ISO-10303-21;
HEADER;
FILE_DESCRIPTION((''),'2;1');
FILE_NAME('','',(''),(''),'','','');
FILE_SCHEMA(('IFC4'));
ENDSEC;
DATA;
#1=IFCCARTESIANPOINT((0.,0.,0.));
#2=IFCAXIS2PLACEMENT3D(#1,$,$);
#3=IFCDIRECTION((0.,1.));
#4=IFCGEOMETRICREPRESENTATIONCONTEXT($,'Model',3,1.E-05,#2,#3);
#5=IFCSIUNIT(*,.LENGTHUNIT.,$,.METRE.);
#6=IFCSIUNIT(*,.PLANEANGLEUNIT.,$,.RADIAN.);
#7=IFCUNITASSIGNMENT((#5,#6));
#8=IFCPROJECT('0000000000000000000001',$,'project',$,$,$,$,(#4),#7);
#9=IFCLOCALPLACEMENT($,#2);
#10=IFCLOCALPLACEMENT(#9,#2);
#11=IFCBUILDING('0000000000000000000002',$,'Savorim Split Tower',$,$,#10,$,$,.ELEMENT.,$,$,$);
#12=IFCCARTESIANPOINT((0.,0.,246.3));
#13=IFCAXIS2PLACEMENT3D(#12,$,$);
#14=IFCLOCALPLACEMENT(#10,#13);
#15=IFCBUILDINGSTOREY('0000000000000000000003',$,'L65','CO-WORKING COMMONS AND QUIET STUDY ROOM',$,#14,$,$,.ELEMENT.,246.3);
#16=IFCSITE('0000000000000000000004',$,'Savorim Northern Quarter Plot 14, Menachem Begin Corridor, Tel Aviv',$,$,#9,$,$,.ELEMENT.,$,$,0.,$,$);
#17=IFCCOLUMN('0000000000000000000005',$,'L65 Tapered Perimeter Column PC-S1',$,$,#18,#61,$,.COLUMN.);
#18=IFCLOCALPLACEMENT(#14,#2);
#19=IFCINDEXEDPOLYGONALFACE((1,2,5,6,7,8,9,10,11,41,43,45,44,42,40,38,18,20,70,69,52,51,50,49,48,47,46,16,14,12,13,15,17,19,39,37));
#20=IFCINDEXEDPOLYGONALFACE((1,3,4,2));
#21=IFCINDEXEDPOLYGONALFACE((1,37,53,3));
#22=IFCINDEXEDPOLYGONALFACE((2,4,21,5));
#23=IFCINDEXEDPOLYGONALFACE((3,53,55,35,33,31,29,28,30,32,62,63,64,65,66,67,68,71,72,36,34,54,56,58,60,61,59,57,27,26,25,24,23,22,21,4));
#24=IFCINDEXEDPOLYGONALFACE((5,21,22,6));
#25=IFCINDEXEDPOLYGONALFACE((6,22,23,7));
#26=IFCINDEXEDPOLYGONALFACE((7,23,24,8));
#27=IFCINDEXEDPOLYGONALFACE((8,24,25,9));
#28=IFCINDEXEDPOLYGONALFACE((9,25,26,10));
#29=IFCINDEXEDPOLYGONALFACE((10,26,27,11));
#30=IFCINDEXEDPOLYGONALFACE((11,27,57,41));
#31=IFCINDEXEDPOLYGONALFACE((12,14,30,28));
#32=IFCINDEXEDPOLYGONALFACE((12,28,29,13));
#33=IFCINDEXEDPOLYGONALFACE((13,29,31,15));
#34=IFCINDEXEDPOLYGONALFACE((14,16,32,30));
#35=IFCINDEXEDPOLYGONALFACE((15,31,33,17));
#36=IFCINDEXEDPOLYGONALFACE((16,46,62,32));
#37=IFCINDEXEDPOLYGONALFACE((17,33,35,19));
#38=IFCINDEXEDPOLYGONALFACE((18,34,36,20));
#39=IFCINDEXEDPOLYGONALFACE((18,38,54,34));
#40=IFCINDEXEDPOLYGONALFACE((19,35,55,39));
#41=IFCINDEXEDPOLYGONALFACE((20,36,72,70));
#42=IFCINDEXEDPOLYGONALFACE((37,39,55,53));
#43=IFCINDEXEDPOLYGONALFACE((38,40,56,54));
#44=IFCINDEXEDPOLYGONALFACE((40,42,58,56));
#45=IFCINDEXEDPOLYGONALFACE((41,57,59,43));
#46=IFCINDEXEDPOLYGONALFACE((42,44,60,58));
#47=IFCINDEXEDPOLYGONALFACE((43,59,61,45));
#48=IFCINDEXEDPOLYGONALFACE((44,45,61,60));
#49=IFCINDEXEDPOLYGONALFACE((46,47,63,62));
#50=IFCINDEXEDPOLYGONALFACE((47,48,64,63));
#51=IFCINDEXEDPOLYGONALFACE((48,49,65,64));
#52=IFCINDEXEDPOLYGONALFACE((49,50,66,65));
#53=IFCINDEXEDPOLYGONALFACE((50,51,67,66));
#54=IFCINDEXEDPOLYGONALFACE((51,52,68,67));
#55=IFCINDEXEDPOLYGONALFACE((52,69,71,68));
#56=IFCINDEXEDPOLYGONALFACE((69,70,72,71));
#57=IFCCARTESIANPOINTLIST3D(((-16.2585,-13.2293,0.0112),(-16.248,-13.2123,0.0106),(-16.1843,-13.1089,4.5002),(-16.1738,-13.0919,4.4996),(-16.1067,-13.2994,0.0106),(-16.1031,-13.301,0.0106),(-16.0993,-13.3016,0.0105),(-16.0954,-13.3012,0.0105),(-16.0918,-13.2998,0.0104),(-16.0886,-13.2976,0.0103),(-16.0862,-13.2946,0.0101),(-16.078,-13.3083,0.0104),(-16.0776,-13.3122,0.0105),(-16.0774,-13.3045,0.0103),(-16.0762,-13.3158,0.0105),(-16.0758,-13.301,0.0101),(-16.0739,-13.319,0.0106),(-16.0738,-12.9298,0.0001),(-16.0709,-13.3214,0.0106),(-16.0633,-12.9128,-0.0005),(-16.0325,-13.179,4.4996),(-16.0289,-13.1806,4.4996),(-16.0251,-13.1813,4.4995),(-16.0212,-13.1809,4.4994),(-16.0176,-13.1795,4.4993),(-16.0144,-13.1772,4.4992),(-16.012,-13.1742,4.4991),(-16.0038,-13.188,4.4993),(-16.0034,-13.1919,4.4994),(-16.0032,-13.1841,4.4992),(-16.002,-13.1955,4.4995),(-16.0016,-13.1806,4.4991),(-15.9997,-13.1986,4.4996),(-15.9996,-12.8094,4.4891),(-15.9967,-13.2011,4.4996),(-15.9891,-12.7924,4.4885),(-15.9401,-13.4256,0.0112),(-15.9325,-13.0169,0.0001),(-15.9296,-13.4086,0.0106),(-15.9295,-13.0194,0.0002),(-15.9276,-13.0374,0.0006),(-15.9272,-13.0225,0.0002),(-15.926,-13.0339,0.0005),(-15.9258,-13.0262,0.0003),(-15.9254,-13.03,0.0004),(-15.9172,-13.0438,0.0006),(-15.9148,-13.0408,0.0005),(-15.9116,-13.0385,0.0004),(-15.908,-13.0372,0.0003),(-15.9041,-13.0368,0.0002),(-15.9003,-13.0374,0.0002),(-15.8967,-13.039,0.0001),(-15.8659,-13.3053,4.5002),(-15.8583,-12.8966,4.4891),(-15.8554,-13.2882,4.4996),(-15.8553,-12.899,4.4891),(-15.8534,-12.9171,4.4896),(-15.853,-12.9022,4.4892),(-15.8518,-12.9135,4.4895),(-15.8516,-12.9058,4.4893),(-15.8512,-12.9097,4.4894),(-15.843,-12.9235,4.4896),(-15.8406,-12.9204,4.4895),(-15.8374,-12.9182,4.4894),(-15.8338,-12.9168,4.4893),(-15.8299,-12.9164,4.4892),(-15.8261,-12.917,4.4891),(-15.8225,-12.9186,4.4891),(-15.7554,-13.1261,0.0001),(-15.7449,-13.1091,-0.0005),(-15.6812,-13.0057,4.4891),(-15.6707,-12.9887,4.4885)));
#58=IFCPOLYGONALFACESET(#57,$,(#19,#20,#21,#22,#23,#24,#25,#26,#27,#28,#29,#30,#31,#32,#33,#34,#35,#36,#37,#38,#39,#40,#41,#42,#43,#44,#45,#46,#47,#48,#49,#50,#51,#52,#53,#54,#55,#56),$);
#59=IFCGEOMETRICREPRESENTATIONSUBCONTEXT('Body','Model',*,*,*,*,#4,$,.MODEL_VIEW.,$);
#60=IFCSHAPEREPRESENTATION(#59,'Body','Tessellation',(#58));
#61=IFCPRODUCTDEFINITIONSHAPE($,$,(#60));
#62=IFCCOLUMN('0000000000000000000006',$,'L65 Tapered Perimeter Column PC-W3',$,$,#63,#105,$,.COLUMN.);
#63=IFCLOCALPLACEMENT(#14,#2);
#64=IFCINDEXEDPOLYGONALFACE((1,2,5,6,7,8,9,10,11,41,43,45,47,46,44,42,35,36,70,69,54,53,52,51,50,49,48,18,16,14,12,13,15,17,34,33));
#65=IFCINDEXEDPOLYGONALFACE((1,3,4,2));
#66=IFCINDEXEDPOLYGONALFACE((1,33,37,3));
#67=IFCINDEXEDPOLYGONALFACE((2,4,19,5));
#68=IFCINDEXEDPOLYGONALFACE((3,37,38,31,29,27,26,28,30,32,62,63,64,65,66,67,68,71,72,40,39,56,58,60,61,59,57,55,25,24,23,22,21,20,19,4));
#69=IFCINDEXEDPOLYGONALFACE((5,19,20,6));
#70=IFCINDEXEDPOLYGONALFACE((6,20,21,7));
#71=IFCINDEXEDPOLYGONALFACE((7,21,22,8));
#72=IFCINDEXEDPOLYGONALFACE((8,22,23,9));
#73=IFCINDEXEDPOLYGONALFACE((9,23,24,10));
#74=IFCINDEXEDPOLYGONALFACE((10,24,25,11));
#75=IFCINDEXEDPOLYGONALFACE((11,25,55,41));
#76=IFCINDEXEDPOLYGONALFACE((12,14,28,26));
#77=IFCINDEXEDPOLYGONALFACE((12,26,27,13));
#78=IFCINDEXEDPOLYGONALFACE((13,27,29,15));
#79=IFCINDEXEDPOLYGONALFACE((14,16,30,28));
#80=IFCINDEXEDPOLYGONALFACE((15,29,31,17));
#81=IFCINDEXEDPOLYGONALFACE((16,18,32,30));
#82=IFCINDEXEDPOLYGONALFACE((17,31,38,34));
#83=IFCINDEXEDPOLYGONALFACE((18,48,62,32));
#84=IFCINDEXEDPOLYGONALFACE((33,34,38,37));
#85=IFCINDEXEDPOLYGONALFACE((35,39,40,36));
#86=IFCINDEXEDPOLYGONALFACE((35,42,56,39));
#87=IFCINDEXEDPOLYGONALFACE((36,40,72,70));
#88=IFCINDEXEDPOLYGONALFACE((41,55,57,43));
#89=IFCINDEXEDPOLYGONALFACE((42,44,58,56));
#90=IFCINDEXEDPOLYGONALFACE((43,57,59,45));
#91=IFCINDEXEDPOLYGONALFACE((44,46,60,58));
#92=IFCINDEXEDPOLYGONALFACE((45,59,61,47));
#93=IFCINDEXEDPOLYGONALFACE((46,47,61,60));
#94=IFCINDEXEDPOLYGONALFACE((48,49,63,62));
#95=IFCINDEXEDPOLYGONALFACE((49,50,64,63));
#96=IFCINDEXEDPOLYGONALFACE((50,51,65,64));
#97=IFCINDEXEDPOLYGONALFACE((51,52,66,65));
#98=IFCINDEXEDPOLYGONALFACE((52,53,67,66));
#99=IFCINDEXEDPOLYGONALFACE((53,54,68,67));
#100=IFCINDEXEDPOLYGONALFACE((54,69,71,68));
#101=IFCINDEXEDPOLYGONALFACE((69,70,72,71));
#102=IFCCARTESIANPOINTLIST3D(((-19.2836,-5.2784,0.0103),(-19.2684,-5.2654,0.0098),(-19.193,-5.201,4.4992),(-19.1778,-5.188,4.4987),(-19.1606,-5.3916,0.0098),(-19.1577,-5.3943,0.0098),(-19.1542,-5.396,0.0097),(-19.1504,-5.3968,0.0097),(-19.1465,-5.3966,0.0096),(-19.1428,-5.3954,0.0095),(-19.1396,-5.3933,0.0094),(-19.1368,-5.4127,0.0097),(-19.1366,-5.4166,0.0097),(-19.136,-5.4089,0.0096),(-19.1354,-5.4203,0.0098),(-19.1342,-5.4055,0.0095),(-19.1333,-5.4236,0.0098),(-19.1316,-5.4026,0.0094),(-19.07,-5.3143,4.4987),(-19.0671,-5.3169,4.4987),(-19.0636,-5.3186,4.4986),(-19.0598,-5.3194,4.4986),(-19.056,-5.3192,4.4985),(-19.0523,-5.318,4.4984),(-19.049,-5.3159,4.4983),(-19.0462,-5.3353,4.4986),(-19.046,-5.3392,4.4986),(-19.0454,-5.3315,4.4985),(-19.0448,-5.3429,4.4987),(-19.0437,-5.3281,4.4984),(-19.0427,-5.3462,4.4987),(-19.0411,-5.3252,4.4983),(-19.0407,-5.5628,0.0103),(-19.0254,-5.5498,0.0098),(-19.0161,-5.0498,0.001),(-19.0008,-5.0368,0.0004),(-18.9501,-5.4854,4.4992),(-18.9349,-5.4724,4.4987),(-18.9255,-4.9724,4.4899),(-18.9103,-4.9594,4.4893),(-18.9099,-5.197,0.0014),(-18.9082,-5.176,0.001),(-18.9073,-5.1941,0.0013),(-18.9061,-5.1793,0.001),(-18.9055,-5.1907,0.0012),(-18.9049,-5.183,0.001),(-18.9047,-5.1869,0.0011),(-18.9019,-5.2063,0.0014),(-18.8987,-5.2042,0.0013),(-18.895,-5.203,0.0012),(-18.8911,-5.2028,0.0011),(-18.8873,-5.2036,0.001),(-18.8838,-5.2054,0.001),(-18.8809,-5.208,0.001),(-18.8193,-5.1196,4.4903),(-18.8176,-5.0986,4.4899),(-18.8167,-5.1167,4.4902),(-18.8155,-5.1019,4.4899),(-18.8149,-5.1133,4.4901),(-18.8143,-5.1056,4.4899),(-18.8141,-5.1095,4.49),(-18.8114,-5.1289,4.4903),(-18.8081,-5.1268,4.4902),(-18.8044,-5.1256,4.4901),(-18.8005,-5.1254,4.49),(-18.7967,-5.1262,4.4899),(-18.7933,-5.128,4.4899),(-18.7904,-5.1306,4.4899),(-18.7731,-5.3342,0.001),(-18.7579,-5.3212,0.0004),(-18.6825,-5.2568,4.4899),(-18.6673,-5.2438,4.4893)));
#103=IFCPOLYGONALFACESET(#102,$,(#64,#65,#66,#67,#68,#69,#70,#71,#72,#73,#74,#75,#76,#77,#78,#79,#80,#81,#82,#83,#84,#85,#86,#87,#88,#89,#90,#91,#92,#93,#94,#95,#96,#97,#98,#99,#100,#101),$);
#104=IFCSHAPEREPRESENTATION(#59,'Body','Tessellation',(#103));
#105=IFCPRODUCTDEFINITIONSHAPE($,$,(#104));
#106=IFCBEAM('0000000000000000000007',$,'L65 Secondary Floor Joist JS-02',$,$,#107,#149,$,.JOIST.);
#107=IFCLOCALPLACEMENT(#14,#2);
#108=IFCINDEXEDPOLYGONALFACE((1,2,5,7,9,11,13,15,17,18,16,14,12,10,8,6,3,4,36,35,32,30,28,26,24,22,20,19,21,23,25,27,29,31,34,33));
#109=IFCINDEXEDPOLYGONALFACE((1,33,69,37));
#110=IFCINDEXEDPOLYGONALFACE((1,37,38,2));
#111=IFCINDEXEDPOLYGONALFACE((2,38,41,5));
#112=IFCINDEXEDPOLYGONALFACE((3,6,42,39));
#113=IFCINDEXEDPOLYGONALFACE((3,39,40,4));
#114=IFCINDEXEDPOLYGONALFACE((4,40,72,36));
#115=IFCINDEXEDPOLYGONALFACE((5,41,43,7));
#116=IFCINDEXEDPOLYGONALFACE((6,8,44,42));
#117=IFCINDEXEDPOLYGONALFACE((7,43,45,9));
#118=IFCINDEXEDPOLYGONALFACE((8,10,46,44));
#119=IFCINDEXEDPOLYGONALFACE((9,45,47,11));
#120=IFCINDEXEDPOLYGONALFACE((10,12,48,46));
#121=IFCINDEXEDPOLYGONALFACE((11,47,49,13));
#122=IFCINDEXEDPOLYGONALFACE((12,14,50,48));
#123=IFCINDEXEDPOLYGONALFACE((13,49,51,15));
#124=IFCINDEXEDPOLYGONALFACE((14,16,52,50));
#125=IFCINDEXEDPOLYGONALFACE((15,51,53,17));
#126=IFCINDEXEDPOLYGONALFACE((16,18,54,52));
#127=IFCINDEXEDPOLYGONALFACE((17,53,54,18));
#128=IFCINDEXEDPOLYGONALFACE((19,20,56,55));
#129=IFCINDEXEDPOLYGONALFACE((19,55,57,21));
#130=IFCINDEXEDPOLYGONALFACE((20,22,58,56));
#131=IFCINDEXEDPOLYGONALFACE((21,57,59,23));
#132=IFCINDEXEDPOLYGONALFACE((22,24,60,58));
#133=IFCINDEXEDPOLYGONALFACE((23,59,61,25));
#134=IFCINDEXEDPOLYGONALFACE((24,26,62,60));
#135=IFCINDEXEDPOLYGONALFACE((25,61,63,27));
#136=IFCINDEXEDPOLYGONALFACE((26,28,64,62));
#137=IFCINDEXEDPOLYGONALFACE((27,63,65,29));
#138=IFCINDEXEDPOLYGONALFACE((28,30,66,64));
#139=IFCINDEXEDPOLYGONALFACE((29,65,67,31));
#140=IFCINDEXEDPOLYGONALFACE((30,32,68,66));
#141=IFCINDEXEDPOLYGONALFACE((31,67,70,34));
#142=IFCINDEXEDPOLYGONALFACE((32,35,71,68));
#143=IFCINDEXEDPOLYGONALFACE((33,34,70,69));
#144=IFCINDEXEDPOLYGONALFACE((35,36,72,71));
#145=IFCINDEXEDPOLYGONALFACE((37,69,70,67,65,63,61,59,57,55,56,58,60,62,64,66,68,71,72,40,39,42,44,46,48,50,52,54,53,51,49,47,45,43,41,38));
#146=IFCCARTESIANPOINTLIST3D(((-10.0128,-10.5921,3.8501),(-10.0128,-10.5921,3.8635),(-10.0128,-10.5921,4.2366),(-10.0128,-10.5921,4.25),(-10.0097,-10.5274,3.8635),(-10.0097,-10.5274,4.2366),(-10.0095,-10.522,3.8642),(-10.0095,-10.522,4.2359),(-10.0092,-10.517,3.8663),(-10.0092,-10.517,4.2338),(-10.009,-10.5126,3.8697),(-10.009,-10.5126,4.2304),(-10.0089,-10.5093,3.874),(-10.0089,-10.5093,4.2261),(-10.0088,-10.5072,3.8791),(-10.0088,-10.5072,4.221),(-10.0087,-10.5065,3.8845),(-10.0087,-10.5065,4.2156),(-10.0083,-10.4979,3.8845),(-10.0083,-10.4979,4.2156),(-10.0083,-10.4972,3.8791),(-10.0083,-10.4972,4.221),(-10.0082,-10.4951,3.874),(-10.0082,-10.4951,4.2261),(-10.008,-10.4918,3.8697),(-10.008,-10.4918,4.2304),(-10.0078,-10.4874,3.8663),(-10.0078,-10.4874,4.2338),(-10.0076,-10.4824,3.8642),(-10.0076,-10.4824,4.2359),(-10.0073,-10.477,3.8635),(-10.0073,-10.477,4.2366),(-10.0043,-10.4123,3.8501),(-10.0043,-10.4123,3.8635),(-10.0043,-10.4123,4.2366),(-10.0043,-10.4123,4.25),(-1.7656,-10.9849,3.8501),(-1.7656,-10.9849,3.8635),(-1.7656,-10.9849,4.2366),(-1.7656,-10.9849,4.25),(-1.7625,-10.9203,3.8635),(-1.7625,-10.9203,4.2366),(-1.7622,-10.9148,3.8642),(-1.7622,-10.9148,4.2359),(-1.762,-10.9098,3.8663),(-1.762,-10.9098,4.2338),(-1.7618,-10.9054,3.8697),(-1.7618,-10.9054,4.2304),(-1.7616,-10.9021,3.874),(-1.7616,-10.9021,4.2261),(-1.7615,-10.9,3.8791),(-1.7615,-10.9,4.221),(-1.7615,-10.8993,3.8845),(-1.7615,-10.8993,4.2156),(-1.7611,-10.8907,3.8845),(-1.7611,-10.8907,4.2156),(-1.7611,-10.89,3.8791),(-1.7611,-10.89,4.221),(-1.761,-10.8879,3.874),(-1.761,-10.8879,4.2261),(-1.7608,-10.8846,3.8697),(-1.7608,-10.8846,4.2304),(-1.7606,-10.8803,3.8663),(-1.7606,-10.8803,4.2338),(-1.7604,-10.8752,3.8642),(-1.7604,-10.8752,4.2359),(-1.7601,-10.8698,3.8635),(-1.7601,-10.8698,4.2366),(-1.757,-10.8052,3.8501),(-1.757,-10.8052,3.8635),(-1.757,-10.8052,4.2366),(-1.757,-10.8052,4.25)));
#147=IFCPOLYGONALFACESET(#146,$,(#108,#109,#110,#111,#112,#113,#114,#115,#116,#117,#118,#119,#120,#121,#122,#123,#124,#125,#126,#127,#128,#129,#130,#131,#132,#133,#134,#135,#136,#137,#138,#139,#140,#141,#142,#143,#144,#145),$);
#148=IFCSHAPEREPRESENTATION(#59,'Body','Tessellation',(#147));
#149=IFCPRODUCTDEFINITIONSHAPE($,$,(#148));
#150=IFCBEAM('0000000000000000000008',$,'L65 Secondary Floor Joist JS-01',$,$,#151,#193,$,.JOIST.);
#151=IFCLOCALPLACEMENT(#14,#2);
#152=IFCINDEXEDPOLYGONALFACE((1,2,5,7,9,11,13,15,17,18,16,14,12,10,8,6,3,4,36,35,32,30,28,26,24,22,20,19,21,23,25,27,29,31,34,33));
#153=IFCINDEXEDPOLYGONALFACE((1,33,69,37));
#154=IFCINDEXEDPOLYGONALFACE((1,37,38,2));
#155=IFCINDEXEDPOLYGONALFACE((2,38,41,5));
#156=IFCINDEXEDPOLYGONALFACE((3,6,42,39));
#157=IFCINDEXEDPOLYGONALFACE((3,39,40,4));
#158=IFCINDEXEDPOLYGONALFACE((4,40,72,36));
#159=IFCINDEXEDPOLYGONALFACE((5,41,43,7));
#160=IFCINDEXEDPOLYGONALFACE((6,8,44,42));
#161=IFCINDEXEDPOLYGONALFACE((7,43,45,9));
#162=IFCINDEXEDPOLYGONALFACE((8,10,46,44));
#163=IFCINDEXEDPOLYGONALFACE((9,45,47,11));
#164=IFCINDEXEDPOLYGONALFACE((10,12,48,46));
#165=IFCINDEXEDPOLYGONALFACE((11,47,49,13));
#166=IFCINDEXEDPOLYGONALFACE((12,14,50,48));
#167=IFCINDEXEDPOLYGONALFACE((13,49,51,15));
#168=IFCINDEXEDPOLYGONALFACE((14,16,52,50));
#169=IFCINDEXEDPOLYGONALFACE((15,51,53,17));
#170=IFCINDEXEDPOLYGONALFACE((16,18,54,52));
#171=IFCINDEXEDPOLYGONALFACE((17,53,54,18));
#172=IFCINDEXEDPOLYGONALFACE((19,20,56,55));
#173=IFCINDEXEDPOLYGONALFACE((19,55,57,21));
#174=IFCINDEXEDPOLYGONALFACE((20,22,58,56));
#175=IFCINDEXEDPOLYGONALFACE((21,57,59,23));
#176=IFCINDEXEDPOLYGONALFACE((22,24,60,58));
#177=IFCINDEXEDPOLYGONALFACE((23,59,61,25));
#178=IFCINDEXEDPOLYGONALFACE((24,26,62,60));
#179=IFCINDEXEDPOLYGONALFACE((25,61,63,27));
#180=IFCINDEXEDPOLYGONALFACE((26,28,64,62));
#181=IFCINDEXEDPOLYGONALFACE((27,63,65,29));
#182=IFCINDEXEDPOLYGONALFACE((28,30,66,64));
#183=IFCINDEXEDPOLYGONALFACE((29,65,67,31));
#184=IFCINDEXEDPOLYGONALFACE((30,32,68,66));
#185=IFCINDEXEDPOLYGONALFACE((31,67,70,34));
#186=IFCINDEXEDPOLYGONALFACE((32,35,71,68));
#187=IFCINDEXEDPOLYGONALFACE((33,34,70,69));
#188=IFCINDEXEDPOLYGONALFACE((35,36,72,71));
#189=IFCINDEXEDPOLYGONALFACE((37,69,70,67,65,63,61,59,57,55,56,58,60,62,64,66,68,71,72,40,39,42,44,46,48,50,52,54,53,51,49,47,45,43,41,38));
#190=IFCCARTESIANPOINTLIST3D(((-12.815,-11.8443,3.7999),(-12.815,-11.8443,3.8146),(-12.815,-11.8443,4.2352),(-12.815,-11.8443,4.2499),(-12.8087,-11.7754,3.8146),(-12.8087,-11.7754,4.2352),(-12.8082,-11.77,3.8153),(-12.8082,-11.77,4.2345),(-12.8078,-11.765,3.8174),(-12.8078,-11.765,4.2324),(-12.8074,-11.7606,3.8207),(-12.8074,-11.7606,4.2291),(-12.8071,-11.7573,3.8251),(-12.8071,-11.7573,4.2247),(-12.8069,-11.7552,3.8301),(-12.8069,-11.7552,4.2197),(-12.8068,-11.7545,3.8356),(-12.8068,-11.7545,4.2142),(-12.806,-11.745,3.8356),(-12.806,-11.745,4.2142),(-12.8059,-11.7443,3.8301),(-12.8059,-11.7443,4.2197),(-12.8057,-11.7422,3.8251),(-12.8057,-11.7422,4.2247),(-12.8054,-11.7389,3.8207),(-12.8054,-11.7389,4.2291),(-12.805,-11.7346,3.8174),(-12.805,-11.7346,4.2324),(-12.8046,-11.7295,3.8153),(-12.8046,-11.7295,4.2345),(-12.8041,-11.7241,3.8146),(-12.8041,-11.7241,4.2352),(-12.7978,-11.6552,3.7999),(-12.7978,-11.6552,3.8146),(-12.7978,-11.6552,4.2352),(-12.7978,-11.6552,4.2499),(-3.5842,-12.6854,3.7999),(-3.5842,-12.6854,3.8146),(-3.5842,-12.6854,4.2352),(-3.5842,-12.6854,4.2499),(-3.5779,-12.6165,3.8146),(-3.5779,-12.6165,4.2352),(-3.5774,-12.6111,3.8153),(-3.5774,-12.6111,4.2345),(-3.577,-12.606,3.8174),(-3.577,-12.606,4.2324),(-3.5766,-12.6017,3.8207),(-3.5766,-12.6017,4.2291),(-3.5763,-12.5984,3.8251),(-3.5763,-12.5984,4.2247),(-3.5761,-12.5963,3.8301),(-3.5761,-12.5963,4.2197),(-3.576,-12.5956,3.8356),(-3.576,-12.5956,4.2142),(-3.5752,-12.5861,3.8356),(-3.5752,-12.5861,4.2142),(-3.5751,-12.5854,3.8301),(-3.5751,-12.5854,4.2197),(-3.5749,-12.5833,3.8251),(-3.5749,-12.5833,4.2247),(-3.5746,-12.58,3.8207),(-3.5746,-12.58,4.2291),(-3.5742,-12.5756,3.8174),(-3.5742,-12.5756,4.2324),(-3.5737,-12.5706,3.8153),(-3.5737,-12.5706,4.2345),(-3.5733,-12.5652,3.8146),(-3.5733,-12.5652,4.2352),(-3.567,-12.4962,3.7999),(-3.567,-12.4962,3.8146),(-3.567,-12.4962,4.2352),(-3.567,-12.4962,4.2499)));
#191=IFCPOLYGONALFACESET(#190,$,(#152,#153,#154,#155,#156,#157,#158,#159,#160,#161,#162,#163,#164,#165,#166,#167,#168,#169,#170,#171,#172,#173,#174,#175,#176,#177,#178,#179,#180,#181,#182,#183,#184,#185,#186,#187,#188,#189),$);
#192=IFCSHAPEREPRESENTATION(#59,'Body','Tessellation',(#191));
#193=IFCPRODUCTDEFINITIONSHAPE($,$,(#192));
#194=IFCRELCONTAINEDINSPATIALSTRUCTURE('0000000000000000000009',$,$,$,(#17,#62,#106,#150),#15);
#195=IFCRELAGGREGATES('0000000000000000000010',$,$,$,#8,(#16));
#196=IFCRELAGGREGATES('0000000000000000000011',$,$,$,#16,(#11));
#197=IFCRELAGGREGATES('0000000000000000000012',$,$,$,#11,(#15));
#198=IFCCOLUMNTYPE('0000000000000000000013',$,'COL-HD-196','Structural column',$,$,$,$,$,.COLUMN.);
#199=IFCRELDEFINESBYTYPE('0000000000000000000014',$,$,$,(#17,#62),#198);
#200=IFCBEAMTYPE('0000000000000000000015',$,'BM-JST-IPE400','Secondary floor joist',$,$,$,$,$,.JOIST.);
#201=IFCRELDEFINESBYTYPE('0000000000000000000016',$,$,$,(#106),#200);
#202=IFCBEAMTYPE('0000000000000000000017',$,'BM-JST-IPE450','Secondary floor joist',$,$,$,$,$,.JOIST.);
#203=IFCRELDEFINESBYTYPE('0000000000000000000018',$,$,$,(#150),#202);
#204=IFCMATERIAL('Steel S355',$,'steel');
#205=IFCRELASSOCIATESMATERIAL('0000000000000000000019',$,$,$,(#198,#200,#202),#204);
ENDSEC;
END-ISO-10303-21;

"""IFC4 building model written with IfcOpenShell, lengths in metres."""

from ifc_helpers import new_model, si_unit, direction, frame, origin, origin_2d, place, context, subcontext, project, spatial, i_section, extrude, material, material_profile, profile_set, type_object, element, save


model = new_model("IFC4")

# Units and contexts
model_context = context("Model", 3, precision=1e-05, world=origin(), true_north=direction((0.0, 1.0)))
body_context = subcontext(model_context, "Body", "Model", "MODEL_VIEW")
ifc_project = project(units=[si_unit("LENGTHUNIT", "METRE"), si_unit("PLANEANGLEUNIT", "RADIAN")], contexts=[model_context])

# Site, building, storey
site_placement = place(None, origin())
site = spatial("IfcSite", under=ifc_project, at=site_placement, Name="Savorim Northern Quarter Plot 14, Menachem Begin Corridor, Tel Aviv", CompositionType="ELEMENT", RefElevation=0.0)
building_placement = place(site_placement, origin())
building = spatial("IfcBuilding", under=site, at=building_placement, Name="Savorim Split Tower", CompositionType="ELEMENT")
storey_placement = place(building_placement, frame((0.0, 0.0, 246.3)))
storey = spatial("IfcBuildingStorey", under=building, at=storey_placement, Name="L65", Description="CO-WORKING COMMONS AND QUIET STUDY ROOM", CompositionType="ELEMENT", Elevation=246.3)

# Columns
ifc_material_1 = material(Name="Steel S355", Category="steel")
ifc_material_profile_1 = material_profile(ifc_material_1, i_section(OverallWidth=0.374, OverallDepth=0.3721, WebThickness=0.0122, FlangeThickness=0.02, FilletRadius=0.0149, at=origin_2d()), Name="HD 360x196")
ifc_profile_set_1 = profile_set([ifc_material_profile_1], Name="Steel S355")
column_type = type_object("IfcColumnType", Name="COL-HD-196", Description="Structural column", PredefinedType="COLUMN", material=ifc_profile_set_1)
column_1_placement = place(storey_placement, frame((-16.0017, -13.1692, 0.0054), z_axis=(0.016525, 0.026799, 0.999504), x_axis=(-0.851184, 0.524868, 0.0)))
element("IfcColumn", 1, at=column_1_placement, inside=storey, type_object=column_type, Name="L65 Tapered Perimeter Column PC-S1", PredefinedType="COLUMN", context=body_context, shape_type="SweptSolid", body=[
    extrude(i_section(OverallWidth=0.374, OverallDepth=0.3721, WebThickness=0.0122, FlangeThickness=0.02, FilletRadius=0.0149, at=origin_2d()), origin(), (0.0, 0.0, 1.0), 4.4912),
])
column_2_placement = place(storey_placement, frame((-19.0208, -5.2998, 0.0054), z_axis=(0.02017, 0.017234, 0.999648), x_axis=(-0.649609, 0.760268, 0.0)))
element("IfcColumn", 2, at=column_2_placement, inside=storey, type_object=column_type, Name="L65 Tapered Perimeter Column PC-W3", PredefinedType="COLUMN", context=body_context, shape_type="SweptSolid", body=[
    extrude(i_section(OverallWidth=0.374, OverallDepth=0.3721, WebThickness=0.0122, FlangeThickness=0.02, FilletRadius=0.0149, at=origin_2d()), origin(), (0.0, 0.0, 1.0), 4.4905),
])

# Beams
ifc_material_profile_2 = material_profile(ifc_material_1, i_section(OverallWidth=0.1799, OverallDepth=0.3999, WebThickness=0.0085, FlangeThickness=0.0134, FilletRadius=0.021, at=origin_2d()), Name="IPE 400")
ifc_profile_set_2 = profile_set([ifc_material_profile_2], Name="Steel S355")
beam_type_1 = type_object("IfcBeamType", Name="BM-JST-IPE400", Description="Secondary floor joist", PredefinedType="JOIST", material=ifc_profile_set_2)
beam_1_placement = place(storey_placement, frame((-10.0085, -10.5022, 4.05), z_axis=(0.998868, -0.047576, 0.0), x_axis=(0.047576, 0.998868, 0.0)))
element("IfcBeam", 3, at=beam_1_placement, inside=storey, type_object=beam_type_1, Name="L65 Secondary Floor Joist JS-02", PredefinedType="JOIST", context=body_context, shape_type="SweptSolid", body=[
    extrude(i_section(OverallWidth=0.1799, OverallDepth=0.3999, WebThickness=0.0085, FlangeThickness=0.0134, FilletRadius=0.021, at=origin_2d()), origin(), (0.0, 0.0, 1.0), 8.2566),
])
ifc_material_profile_3 = material_profile(ifc_material_1, i_section(OverallWidth=0.1899, OverallDepth=0.45, WebThickness=0.0095, FlangeThickness=0.0146, FilletRadius=0.021, at=origin_2d()), Name="IPE 450")
ifc_profile_set_3 = profile_set([ifc_material_profile_3], Name="Steel S355")
beam_type_2 = type_object("IfcBeamType", Name="BM-JST-IPE450", Description="Secondary floor joist", PredefinedType="JOIST", material=ifc_profile_set_3)
beam_2_placement = place(storey_placement, frame((-12.8064, -11.7498, 4.0249), z_axis=(0.995875, -0.09074, 0.0), x_axis=(0.09074, 0.995875, 0.0)))
element("IfcBeam", 4, at=beam_2_placement, inside=storey, type_object=beam_type_2, Name="L65 Secondary Floor Joist JS-01", PredefinedType="JOIST", context=body_context, shape_type="SweptSolid", body=[
    extrude(i_section(OverallWidth=0.1899, OverallDepth=0.45, WebThickness=0.0095, FlangeThickness=0.0146, FilletRadius=0.021, at=origin_2d()), origin(), (0.0, 0.0, 1.0), 9.269),
])

save(model, "model.ifc")
